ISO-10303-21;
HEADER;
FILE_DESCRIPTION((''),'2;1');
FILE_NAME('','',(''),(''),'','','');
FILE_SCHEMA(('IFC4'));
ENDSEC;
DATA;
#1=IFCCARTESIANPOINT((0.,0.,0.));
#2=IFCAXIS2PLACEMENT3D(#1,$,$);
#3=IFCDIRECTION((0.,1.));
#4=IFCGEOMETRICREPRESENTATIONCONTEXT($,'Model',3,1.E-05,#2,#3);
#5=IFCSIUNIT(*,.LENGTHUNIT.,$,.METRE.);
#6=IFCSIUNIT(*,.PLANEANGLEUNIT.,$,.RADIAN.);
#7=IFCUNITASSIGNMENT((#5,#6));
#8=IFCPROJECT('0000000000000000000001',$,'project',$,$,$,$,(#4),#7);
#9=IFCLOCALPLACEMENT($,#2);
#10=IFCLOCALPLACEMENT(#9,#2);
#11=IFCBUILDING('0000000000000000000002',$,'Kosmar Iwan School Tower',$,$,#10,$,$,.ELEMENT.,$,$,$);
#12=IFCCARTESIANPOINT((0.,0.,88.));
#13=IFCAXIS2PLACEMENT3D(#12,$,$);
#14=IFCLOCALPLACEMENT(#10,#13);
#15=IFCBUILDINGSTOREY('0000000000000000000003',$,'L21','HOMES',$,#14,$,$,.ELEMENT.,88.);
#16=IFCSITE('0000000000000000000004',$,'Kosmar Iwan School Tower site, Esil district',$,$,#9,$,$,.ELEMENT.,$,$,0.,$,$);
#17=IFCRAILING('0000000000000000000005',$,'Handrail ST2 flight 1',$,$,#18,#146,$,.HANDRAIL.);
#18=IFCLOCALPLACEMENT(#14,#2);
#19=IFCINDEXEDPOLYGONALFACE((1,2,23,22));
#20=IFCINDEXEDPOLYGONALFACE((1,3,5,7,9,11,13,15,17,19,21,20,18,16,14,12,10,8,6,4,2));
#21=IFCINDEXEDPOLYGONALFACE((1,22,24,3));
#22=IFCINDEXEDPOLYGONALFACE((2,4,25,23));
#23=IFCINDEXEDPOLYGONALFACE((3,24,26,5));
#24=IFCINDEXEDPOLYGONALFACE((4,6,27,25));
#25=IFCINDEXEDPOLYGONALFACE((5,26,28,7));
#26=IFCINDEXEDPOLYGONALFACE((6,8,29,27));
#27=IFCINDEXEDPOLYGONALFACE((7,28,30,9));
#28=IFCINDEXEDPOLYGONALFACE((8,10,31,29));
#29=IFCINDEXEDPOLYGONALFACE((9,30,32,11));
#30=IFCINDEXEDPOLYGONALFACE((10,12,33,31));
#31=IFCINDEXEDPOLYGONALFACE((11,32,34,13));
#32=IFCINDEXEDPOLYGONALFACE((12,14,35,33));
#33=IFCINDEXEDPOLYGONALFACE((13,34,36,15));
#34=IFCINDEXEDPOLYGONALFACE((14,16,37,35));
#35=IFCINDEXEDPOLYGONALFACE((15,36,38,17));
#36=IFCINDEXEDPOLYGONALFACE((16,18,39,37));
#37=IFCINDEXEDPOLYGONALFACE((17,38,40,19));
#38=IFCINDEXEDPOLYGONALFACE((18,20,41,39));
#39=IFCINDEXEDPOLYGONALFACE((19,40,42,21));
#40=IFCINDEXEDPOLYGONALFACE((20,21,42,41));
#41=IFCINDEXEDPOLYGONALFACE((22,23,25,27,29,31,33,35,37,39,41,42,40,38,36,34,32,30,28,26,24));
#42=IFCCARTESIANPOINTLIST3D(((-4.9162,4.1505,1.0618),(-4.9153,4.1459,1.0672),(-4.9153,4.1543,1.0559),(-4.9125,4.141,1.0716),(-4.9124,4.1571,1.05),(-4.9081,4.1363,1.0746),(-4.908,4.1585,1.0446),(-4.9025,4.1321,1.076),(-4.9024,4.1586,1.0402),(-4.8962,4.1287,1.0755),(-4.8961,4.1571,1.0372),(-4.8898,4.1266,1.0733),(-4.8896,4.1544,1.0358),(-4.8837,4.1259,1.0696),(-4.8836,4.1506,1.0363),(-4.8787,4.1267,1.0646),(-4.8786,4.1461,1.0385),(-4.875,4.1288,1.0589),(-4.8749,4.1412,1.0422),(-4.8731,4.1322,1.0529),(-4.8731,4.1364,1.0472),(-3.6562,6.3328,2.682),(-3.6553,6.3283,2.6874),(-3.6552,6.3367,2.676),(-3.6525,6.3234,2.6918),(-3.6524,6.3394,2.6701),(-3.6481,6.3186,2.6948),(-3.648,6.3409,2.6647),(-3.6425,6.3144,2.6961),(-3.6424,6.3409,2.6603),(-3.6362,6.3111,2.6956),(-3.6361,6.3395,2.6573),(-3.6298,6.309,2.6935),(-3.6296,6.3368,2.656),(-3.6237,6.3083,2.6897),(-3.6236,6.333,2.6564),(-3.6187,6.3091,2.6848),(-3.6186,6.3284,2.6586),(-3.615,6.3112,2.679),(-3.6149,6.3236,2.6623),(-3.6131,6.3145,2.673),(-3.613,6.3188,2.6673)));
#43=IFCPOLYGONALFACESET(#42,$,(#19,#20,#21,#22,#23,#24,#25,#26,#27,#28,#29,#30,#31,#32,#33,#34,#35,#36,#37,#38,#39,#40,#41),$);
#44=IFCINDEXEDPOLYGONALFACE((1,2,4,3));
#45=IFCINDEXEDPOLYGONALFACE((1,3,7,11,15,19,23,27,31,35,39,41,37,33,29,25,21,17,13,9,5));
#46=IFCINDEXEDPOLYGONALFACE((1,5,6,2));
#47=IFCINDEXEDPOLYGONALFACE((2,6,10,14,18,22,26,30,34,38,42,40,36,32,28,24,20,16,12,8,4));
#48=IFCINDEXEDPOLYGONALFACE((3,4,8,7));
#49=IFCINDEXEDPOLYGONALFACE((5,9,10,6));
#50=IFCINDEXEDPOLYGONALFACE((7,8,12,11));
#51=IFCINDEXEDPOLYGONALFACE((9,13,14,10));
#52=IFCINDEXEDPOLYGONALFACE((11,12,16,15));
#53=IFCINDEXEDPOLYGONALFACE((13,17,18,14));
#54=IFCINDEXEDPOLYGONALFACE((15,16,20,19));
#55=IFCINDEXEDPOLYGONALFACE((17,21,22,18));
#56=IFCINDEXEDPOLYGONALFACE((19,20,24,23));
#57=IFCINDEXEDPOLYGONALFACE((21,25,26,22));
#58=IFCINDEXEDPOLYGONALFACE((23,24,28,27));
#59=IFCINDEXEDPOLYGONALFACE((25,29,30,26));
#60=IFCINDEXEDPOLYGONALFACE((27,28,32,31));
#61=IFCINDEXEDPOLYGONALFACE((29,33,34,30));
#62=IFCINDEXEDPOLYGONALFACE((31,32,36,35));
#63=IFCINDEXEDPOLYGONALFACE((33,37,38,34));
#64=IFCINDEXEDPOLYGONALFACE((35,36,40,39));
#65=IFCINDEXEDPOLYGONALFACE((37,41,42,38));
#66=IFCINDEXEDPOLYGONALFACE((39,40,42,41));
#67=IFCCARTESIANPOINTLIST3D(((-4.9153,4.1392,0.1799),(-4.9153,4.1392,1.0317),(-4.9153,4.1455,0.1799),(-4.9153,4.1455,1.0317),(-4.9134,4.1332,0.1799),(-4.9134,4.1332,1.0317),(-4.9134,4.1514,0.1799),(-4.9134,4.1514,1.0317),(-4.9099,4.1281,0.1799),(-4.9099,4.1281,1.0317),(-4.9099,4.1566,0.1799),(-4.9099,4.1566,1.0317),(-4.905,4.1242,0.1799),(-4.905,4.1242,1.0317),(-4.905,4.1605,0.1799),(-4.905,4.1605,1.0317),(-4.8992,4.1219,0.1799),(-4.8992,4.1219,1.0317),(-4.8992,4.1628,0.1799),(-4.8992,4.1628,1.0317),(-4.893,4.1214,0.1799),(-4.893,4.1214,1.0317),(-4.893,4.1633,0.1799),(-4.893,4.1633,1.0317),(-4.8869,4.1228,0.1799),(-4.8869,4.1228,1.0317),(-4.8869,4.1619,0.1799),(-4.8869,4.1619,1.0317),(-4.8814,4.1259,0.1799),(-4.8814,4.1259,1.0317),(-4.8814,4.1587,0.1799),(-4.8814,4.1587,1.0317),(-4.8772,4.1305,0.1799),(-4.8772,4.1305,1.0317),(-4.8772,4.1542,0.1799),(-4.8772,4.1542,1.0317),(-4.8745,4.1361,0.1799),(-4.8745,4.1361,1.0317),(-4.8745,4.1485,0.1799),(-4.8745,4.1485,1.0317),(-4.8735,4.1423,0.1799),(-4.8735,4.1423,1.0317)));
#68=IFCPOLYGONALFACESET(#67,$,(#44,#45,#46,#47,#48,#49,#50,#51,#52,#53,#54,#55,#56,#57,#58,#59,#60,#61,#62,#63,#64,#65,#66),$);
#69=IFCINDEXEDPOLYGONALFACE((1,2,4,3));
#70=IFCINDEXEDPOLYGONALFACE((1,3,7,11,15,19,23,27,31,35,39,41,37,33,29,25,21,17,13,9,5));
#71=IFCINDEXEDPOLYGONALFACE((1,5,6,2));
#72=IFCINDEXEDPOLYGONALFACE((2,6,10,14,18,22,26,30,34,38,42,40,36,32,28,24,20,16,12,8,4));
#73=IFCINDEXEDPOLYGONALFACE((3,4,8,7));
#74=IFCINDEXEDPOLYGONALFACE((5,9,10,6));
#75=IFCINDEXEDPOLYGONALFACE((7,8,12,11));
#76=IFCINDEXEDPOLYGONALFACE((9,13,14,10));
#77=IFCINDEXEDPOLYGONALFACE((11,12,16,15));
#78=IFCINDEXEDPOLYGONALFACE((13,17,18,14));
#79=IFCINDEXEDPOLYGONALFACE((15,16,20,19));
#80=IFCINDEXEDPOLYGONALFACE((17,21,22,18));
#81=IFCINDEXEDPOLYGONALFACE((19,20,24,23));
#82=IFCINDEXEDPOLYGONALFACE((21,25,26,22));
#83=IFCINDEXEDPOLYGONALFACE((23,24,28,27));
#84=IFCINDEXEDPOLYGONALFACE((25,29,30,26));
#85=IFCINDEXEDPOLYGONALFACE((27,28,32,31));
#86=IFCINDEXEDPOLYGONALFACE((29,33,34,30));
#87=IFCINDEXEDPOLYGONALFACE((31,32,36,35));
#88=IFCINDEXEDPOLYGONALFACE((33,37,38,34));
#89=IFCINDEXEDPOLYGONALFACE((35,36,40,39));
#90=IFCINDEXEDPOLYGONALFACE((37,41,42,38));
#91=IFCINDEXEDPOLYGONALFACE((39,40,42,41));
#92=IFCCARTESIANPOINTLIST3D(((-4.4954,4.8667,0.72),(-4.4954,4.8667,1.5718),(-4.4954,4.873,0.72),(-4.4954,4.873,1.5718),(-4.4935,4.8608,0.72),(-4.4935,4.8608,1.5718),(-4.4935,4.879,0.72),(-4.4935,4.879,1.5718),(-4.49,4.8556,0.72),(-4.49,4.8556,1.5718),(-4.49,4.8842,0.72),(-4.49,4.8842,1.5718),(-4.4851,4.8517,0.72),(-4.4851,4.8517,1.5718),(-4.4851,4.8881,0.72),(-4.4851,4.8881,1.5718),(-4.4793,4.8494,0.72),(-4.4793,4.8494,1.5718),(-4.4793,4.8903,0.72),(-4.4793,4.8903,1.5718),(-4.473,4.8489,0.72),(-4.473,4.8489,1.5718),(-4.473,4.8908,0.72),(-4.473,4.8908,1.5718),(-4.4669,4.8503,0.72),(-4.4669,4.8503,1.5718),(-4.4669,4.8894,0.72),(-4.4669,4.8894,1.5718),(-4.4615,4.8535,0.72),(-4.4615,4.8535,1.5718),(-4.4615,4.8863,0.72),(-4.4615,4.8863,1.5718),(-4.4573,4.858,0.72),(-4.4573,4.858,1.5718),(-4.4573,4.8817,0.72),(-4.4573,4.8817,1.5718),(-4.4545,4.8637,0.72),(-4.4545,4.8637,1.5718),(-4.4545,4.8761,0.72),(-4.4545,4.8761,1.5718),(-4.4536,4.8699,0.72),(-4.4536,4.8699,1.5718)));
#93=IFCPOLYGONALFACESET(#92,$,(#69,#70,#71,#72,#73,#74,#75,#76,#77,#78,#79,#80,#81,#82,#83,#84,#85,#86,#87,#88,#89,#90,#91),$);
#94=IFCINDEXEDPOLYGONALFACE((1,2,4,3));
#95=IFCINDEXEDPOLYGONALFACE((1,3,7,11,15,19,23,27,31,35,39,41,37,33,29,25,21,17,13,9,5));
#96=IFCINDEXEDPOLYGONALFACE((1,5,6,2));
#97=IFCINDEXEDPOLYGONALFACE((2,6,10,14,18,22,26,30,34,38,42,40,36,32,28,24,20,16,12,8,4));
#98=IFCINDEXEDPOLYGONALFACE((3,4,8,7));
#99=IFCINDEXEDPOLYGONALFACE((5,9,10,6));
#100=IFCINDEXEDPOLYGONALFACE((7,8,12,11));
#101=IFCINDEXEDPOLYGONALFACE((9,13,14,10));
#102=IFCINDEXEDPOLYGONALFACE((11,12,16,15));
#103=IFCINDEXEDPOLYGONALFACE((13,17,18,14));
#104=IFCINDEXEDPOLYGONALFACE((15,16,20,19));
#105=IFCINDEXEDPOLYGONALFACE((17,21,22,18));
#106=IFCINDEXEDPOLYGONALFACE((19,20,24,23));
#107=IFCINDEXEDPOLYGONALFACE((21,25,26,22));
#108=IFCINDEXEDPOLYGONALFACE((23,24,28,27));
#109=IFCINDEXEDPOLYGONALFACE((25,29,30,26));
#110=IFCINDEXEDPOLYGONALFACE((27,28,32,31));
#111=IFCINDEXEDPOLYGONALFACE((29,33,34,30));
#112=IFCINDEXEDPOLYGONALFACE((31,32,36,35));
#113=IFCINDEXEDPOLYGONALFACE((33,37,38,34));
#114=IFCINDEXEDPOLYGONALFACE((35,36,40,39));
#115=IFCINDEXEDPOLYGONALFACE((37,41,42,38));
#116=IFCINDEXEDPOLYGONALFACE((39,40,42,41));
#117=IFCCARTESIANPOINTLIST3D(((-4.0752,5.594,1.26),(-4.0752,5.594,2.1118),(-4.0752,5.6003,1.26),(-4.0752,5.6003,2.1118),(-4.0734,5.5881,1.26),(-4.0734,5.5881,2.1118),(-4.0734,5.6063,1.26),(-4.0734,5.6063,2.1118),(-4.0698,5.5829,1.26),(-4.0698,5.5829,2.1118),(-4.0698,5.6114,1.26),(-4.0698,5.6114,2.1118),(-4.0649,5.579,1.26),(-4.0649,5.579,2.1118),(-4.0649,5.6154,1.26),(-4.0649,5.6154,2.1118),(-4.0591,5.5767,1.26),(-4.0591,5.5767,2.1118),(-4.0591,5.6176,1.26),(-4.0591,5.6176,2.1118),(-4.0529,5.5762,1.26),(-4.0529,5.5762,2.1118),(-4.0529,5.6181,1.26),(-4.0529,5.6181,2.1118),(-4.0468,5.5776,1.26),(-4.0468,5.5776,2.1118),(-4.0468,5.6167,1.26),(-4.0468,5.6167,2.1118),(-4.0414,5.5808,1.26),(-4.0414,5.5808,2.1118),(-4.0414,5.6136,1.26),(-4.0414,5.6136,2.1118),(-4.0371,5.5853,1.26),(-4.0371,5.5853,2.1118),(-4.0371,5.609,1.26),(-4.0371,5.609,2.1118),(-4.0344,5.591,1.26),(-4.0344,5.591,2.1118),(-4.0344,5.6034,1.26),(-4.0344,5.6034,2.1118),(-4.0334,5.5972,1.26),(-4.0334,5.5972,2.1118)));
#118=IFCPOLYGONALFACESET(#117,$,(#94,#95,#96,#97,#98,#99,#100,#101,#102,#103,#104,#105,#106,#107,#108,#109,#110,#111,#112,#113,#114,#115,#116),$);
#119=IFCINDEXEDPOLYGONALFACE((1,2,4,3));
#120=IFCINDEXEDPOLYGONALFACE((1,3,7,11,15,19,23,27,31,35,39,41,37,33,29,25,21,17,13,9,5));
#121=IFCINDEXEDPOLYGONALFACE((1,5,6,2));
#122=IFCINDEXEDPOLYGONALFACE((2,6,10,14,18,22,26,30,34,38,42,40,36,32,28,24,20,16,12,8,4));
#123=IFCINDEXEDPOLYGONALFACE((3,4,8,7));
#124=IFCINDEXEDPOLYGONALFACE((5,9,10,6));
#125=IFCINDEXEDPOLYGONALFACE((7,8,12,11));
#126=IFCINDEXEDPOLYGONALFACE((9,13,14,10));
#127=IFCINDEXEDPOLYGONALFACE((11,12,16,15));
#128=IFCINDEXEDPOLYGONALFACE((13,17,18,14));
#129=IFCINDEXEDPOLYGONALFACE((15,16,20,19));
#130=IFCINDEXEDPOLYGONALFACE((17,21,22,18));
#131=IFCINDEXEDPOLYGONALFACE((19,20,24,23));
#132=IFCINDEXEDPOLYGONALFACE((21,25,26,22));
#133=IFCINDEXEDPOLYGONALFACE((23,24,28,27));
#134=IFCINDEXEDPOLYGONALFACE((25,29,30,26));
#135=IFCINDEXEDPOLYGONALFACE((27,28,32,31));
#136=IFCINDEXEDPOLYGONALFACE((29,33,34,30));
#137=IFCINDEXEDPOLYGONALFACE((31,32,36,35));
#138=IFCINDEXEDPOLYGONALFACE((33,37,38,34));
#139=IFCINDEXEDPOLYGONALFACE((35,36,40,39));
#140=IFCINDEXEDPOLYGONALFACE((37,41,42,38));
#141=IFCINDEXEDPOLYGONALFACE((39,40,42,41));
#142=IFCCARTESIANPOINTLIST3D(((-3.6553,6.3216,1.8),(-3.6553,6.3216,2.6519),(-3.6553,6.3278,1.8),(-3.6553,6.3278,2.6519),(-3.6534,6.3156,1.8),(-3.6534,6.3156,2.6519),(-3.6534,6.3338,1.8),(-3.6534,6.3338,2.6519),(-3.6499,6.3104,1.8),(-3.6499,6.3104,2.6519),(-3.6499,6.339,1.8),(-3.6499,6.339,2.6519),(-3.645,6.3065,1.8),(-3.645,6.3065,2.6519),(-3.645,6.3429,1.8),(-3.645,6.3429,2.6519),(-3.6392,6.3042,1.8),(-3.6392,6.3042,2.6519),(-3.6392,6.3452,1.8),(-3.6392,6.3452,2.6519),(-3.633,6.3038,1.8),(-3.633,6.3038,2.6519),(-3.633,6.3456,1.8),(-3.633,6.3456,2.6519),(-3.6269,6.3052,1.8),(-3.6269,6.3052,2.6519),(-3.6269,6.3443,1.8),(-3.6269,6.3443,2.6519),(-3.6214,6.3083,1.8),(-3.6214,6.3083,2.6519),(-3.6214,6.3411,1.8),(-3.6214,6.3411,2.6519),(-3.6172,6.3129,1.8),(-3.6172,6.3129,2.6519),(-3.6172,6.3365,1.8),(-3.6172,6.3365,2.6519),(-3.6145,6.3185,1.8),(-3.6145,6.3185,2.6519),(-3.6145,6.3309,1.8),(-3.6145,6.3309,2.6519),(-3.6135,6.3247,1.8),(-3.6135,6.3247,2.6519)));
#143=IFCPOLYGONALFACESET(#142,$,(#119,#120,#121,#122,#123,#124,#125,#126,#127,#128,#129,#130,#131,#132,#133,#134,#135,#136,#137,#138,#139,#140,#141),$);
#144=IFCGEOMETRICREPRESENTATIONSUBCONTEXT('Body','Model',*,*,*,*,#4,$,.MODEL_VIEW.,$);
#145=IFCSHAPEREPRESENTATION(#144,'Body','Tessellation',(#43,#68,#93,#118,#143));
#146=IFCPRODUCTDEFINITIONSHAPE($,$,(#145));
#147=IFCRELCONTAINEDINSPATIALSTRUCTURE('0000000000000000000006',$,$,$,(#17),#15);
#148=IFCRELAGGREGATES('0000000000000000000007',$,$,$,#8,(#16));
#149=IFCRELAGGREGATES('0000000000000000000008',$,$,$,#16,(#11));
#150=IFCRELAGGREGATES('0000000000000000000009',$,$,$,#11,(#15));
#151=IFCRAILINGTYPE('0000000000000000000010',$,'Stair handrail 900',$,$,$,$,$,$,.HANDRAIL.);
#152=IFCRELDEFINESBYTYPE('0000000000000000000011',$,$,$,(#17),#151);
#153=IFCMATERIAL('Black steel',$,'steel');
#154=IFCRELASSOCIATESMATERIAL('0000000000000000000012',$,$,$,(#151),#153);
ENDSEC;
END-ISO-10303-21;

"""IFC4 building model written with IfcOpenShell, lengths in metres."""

from ifc_helpers import new_model, si_unit, direction, frame, origin, origin_2d, place, context, subcontext, project, spatial, circle, extrude, material, type_object, element, save


model = new_model("IFC4")

# Units and contexts
model_context = context("Model", 3, precision=1e-05, world=origin(), true_north=direction((0.0, 1.0)))
body_context = subcontext(model_context, "Body", "Model", "MODEL_VIEW")
ifc_project = project(units=[si_unit("LENGTHUNIT", "METRE"), si_unit("PLANEANGLEUNIT", "RADIAN")], contexts=[model_context])

# Site, building, storey
site_placement = place(None, origin())
site = spatial("IfcSite", under=ifc_project, at=site_placement, Name="Kosmar Iwan School Tower site, Esil district", CompositionType="ELEMENT", RefElevation=0.0)
building_placement = place(site_placement, origin())
building = spatial("IfcBuilding", under=site, at=building_placement, Name="Kosmar Iwan School Tower", CompositionType="ELEMENT")
storey_placement = place(building_placement, frame((0.0, 0.0, 88.0)))
storey = spatial("IfcBuildingStorey", under=building, at=storey_placement, Name="L21", Description="HOMES", CompositionType="ELEMENT", Elevation=88.0)

# Railing
ifc_material_1 = material(Name="Black steel", Category="steel")
railing_type = type_object("IfcRailingType", Name="Stair handrail 900", PredefinedType="HANDRAIL", material=ifc_material_1)
railing_1_placement = place(storey_placement, frame((-4.8945, 4.1423, 0.1799)))
element("IfcRailing", 1, at=railing_1_placement, inside=storey, type_object=railing_type, Name="Handrail ST2 flight 1", PredefinedType="HANDRAIL", context=body_context, shape_type="SweptSolid", body=[
    extrude(circle(Radius=0.0239, at=origin_2d()), frame((0.0, 0.0, 0.876), z_axis=(0.420584, 0.728464, 0.540786), x_axis=(-0.866023, 0.500005, 0.0)), (0.0, 0.0, 1.0), 2.9958),
    extrude(circle(Radius=0.021, at=origin_2d()), origin(), (0.0, 0.0, 1.0), 0.8518),
    extrude(circle(Radius=0.021, at=origin_2d()), frame((0.4199, 0.7275, 0.54)), (0.0, 0.0, 1.0), 0.8518),
    extrude(circle(Radius=0.021, at=origin_2d()), frame((0.8401, 1.4548, 1.0801)), (0.0, 0.0, 1.0), 0.8518),
    extrude(circle(Radius=0.021, at=origin_2d()), frame((1.26, 2.1824, 1.6201)), (0.0, 0.0, 1.0), 0.8518),
])

save(model, "model.ifc")
